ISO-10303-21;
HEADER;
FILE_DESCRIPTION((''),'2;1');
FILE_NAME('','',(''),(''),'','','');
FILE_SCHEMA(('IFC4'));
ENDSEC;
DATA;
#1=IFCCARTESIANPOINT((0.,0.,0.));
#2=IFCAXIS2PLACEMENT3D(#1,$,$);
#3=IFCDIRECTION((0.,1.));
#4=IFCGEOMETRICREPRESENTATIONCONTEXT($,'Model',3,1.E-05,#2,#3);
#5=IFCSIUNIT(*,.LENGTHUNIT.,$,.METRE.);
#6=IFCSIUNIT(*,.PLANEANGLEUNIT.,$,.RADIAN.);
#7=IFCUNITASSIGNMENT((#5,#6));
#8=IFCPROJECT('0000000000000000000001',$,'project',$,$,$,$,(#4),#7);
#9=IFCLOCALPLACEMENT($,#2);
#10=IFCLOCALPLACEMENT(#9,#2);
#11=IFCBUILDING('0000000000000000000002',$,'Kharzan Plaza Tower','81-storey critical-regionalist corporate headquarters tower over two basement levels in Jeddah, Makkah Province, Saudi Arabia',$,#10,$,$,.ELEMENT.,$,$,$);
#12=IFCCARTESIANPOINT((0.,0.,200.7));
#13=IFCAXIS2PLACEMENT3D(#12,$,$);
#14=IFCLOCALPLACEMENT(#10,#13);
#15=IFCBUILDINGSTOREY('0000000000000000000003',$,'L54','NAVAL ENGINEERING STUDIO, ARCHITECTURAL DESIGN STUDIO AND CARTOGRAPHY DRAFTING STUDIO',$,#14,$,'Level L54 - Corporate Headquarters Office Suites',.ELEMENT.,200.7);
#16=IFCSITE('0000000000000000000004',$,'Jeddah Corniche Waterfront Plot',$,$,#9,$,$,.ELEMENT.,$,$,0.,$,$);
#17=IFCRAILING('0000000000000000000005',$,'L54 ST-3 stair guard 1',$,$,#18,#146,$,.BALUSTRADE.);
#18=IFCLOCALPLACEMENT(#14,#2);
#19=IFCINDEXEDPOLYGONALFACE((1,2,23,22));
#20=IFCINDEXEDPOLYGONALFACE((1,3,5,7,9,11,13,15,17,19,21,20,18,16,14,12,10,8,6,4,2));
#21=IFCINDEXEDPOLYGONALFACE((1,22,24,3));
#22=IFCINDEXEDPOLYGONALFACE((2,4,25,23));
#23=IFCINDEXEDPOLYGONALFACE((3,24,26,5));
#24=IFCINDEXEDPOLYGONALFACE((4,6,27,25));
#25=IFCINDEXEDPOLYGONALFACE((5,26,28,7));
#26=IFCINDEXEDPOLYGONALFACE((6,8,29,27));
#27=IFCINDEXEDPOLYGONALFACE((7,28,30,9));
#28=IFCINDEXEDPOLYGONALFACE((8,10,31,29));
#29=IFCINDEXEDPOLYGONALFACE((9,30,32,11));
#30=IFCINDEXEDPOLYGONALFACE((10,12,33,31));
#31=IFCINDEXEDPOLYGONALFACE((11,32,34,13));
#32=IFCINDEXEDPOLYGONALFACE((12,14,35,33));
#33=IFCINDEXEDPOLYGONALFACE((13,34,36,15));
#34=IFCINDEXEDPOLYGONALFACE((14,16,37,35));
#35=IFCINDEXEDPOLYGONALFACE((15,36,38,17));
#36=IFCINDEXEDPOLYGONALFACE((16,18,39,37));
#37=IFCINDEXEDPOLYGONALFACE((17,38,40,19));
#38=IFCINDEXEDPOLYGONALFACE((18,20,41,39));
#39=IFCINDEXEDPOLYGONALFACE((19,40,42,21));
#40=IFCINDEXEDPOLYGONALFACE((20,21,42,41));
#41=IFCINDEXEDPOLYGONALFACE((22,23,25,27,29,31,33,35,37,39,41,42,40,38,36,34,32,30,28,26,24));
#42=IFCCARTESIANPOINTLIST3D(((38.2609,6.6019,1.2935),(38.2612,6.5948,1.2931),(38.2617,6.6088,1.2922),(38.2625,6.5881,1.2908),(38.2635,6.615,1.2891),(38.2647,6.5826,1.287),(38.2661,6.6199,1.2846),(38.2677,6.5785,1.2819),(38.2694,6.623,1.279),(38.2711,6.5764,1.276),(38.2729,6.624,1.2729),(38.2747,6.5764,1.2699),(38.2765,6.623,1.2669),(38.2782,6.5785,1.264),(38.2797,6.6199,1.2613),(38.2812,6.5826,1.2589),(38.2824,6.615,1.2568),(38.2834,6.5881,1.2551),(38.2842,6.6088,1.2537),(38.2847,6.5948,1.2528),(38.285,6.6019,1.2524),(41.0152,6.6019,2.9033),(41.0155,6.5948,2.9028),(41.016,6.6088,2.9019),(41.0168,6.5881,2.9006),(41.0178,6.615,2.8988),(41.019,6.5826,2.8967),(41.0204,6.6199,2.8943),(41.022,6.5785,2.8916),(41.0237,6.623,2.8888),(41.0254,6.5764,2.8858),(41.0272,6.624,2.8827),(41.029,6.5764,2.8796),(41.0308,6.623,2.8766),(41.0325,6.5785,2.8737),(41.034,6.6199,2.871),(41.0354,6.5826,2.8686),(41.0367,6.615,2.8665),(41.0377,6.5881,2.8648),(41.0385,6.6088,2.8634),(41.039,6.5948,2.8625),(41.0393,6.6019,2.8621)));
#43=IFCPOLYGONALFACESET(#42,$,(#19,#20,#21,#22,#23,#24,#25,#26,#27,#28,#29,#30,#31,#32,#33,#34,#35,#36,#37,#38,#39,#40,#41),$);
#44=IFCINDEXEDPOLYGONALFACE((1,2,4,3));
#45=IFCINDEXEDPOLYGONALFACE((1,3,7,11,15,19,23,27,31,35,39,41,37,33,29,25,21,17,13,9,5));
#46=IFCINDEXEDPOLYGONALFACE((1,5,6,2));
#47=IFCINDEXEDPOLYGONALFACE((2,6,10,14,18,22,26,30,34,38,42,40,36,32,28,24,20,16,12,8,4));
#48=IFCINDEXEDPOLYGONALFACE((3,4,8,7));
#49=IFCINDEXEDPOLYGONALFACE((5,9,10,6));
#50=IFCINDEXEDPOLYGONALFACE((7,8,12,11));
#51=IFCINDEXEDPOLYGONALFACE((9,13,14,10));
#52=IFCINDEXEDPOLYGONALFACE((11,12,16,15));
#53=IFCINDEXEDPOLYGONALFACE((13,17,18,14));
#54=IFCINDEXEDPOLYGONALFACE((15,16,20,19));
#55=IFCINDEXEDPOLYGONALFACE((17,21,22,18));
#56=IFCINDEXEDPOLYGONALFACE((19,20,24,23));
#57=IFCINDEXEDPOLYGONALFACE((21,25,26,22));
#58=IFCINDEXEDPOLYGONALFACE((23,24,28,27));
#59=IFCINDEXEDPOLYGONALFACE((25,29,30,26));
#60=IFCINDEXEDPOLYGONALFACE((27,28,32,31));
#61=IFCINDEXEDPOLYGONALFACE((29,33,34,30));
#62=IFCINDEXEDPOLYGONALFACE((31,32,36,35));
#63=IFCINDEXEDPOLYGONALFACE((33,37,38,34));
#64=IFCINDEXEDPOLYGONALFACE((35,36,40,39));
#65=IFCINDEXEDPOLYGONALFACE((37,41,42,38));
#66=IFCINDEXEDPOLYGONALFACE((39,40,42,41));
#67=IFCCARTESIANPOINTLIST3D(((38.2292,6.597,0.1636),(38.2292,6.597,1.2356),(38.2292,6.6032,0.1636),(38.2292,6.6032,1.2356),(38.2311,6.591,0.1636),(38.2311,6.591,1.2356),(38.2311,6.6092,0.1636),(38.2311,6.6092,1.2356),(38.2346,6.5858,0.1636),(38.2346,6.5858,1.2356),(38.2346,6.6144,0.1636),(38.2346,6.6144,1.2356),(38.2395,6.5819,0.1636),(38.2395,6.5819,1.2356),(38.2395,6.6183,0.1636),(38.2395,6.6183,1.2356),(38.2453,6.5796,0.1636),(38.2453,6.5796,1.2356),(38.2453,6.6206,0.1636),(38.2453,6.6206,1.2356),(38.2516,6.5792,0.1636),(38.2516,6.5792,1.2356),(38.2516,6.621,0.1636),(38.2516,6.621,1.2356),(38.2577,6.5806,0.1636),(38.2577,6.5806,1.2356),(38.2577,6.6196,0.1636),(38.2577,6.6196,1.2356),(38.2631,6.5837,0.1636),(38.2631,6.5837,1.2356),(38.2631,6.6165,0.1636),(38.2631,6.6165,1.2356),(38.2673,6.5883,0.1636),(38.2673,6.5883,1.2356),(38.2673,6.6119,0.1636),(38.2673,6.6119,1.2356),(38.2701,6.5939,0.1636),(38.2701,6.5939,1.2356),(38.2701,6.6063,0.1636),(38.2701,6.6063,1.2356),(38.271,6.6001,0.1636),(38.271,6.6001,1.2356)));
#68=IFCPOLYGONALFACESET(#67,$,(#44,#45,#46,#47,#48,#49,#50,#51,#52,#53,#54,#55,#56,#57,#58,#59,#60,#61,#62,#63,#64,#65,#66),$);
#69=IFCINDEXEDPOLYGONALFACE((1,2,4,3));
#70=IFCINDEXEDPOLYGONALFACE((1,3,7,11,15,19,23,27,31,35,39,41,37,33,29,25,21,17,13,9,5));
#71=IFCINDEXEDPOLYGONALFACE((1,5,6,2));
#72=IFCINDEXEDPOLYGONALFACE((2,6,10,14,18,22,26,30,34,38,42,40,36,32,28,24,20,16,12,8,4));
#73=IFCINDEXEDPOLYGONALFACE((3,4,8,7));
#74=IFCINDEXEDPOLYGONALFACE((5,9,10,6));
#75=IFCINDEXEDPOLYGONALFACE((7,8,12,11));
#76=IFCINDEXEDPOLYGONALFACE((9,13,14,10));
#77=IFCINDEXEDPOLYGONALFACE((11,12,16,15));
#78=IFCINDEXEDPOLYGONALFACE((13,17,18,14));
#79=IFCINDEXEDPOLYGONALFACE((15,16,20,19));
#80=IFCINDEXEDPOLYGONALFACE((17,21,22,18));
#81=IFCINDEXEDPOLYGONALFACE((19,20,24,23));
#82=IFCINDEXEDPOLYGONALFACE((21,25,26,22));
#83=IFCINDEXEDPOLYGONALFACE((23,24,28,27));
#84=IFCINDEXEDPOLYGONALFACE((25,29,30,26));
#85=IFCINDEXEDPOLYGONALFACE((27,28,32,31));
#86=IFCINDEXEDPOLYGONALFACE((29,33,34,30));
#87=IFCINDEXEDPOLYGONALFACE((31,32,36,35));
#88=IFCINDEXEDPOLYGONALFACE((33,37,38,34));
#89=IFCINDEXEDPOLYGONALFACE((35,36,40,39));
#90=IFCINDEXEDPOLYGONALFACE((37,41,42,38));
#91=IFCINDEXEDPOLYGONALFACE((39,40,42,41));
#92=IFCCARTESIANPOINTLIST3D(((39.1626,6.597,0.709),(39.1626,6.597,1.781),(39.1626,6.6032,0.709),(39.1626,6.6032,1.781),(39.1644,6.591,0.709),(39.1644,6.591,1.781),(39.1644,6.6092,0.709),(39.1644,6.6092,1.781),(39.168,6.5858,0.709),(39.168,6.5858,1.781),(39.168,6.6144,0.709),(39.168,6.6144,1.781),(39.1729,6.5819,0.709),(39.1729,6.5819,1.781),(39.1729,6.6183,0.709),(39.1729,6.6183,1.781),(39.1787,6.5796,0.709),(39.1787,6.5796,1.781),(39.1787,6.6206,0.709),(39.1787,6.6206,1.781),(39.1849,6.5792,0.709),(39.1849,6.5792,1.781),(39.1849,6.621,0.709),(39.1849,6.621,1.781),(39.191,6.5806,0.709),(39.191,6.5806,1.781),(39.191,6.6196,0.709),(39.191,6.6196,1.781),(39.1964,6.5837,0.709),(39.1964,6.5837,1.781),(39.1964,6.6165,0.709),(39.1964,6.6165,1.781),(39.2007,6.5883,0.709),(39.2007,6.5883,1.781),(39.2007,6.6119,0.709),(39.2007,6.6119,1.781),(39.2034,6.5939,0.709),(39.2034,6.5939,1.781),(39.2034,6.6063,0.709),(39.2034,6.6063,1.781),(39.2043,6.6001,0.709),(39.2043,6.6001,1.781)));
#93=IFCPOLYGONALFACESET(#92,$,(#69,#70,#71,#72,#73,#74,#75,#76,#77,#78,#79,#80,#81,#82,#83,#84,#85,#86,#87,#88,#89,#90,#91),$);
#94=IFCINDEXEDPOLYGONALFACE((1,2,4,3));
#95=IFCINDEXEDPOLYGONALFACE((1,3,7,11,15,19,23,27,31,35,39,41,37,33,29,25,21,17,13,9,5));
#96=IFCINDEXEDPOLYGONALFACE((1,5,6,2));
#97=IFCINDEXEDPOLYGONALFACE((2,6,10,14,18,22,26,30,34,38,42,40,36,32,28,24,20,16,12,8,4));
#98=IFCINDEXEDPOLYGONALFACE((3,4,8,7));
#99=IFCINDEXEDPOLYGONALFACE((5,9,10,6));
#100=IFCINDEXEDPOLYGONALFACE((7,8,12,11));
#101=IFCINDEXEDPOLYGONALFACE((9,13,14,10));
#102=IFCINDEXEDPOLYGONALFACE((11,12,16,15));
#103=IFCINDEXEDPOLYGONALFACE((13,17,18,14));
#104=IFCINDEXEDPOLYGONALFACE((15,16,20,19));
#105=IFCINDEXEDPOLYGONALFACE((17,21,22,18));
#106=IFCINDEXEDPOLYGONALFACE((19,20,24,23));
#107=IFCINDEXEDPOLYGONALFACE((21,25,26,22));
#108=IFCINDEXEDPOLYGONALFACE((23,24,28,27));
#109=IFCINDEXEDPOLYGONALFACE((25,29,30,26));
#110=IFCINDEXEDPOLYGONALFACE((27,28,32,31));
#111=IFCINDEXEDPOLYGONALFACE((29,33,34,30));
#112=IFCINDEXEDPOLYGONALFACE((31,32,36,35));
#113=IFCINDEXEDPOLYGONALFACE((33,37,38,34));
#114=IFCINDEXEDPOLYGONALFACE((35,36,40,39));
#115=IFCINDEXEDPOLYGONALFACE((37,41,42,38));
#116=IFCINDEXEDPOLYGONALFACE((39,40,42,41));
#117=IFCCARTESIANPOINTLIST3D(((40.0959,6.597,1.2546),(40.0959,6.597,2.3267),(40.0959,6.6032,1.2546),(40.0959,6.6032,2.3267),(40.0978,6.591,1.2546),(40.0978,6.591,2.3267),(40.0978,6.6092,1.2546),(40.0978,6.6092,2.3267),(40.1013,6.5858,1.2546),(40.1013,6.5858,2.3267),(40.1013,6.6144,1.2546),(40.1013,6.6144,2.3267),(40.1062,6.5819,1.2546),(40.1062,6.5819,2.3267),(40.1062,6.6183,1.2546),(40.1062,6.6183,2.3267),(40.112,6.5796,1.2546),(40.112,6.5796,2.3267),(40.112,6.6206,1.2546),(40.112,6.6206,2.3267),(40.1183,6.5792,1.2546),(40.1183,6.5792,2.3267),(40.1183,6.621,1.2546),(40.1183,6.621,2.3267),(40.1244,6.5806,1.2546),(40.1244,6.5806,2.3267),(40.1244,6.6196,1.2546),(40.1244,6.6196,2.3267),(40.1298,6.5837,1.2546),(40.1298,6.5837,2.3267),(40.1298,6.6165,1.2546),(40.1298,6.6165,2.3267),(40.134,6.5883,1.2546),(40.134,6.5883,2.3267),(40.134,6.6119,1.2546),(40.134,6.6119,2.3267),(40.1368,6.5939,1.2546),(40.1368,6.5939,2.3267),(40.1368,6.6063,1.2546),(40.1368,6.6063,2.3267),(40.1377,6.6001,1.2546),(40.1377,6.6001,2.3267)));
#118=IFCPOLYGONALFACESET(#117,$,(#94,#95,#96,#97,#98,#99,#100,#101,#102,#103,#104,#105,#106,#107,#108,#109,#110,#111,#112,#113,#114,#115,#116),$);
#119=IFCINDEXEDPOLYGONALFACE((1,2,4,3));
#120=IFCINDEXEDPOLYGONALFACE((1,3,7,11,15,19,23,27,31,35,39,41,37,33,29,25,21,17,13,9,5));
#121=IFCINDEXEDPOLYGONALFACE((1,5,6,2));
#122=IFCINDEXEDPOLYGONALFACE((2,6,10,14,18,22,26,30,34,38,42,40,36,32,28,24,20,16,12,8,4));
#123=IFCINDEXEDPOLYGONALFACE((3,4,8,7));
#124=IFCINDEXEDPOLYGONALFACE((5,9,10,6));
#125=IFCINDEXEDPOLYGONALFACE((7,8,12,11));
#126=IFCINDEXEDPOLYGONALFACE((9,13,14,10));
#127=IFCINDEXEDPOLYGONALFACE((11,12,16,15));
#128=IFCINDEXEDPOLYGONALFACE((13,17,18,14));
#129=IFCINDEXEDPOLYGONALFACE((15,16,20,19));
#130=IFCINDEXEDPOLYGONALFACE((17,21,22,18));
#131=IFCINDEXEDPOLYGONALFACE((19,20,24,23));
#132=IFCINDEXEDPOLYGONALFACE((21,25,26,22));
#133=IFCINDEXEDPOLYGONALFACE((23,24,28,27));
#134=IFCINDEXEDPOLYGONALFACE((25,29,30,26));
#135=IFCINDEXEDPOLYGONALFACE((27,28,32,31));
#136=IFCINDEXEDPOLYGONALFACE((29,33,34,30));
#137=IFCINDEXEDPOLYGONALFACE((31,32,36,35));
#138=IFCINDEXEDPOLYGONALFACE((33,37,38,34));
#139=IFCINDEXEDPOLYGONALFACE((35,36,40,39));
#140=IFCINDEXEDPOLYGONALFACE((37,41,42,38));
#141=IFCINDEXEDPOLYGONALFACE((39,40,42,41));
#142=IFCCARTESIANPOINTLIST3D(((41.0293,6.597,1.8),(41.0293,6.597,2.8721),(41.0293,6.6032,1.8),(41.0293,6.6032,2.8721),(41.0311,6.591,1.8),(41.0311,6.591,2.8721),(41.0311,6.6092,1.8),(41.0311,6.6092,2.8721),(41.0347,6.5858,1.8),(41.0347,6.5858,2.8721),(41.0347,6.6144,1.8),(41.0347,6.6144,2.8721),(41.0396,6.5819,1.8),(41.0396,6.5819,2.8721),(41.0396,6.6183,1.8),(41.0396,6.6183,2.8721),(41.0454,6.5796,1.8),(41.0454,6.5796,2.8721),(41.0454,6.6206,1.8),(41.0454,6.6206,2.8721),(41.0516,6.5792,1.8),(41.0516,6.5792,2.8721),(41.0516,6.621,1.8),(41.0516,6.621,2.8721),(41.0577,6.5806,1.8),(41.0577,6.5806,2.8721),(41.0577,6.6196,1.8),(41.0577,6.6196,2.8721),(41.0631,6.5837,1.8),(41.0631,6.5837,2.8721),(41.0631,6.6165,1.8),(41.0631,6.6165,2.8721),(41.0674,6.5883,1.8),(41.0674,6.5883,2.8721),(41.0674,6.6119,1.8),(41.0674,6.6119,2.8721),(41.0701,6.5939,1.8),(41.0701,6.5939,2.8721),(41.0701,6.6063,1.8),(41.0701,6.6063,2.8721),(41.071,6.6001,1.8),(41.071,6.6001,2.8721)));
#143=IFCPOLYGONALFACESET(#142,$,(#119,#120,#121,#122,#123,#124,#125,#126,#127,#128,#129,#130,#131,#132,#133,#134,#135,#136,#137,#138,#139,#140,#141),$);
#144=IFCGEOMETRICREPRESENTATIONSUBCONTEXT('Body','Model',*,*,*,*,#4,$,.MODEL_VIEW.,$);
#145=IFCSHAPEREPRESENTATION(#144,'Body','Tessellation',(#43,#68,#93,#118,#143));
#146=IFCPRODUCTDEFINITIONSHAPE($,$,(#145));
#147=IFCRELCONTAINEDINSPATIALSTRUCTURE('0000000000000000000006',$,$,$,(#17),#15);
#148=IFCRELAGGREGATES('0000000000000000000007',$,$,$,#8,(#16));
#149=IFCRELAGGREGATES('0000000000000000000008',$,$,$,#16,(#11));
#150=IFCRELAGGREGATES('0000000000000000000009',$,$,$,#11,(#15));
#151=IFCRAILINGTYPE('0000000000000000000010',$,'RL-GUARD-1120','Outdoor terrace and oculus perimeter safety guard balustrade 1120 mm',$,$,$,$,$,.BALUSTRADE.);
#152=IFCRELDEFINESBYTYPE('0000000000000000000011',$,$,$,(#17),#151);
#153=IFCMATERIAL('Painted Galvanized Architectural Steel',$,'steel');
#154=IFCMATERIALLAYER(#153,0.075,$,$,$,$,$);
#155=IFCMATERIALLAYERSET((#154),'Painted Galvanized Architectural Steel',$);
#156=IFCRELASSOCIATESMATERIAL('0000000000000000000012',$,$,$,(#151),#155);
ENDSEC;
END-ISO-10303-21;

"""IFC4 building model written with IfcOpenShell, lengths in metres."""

from ifc_helpers import new_model, si_unit, direction, frame, origin, origin_2d, place, context, subcontext, project, spatial, circle, extrude, source, transform, mapped, material, layer, layer_set, type_object, element, save


model = new_model("IFC4")

# Units and contexts
model_context = context("Model", 3, precision=1e-05, world=origin(), true_north=direction((0.0, 1.0)))
body_context = subcontext(model_context, "Body", "Model", "MODEL_VIEW")
ifc_project = project(units=[si_unit("LENGTHUNIT", "METRE"), si_unit("PLANEANGLEUNIT", "RADIAN")], contexts=[model_context])

# Site, building, storey
site_placement = place(None, origin())
site = spatial("IfcSite", under=ifc_project, at=site_placement, Name="Jeddah Corniche Waterfront Plot", CompositionType="ELEMENT", RefElevation=0.0)
building_placement = place(site_placement, origin())
building = spatial("IfcBuilding", under=site, at=building_placement, Name="Kharzan Plaza Tower", Description="81-storey critical-regionalist corporate headquarters tower over two basement levels in Jeddah, Makkah Province, Saudi Arabia", CompositionType="ELEMENT")
storey_placement = place(building_placement, frame((0.0, 0.0, 200.7)))
storey = spatial("IfcBuildingStorey", under=building, at=storey_placement, Name="L54", Description="NAVAL ENGINEERING STUDIO, ARCHITECTURAL DESIGN STUDIO AND CARTOGRAPHY DRAFTING STUDIO", LongName="Level L54 - Corporate Headquarters Office Suites", CompositionType="ELEMENT", Elevation=200.7)

# Railing
ifc_material_1 = material(Name="Painted Galvanized Architectural Steel", Category="steel")
ifc_layer_1 = layer(ifc_material_1, 0.075)
ifc_layer_set_1 = layer_set([ifc_layer_1], Name="Painted Galvanized Architectural Steel")
railing_type_1 = type_object("IfcRailingType", Name="RL-GUARD-1120", Description="Outdoor terrace and oculus perimeter safety guard balustrade 1120 mm", PredefinedType="BALUSTRADE", material=ifc_layer_set_1)
shared_shape_1 = source(origin(), body_context, "Body", "SweptSolid", [
    extrude(circle(Radius=0.0239, at=origin_2d()), frame((0.0229, 0.0, 1.1094), z_axis=(0.863361, 0.0, 0.504587), x_axis=(0.0, 1.0, 0.0)), (0.0, 0.0, 1.0), 3.1902),
    extrude(circle(Radius=0.021, at=origin_2d()), origin(), (0.0, 0.0, 1.0), 1.072),
    extrude(circle(Radius=0.021, at=origin_2d()), frame((0.9333, 0.0, 0.5454)), (0.0, 0.0, 1.0), 1.072),
    extrude(circle(Radius=0.021, at=origin_2d()), frame((1.8667, 0.0, 1.0911)), (0.0, 0.0, 1.0), 1.072),
    extrude(circle(Radius=0.021, at=origin_2d()), frame((2.8, 0.0, 1.6365)), (0.0, 0.0, 1.0), 1.072),
])
railing_1_placement = place(storey_placement, frame((38.25, 6.6001, 0.1636)))
element("IfcRailing", 1, at=railing_1_placement, inside=storey, type_object=railing_type_1, Name="L54 ST-3 stair guard 1", PredefinedType="BALUSTRADE", context=body_context, shape_type="MappedRepresentation", body=[
    mapped(shared_shape_1, transform((0.0, 0.0, 0.0), x_axis=(1.0, 0.0, 0.0), y_axis=(0.0, 1.0, 0.0), z_axis=(0.0, 0.0, 1.0))),
])

save(model, "model.ifc")
